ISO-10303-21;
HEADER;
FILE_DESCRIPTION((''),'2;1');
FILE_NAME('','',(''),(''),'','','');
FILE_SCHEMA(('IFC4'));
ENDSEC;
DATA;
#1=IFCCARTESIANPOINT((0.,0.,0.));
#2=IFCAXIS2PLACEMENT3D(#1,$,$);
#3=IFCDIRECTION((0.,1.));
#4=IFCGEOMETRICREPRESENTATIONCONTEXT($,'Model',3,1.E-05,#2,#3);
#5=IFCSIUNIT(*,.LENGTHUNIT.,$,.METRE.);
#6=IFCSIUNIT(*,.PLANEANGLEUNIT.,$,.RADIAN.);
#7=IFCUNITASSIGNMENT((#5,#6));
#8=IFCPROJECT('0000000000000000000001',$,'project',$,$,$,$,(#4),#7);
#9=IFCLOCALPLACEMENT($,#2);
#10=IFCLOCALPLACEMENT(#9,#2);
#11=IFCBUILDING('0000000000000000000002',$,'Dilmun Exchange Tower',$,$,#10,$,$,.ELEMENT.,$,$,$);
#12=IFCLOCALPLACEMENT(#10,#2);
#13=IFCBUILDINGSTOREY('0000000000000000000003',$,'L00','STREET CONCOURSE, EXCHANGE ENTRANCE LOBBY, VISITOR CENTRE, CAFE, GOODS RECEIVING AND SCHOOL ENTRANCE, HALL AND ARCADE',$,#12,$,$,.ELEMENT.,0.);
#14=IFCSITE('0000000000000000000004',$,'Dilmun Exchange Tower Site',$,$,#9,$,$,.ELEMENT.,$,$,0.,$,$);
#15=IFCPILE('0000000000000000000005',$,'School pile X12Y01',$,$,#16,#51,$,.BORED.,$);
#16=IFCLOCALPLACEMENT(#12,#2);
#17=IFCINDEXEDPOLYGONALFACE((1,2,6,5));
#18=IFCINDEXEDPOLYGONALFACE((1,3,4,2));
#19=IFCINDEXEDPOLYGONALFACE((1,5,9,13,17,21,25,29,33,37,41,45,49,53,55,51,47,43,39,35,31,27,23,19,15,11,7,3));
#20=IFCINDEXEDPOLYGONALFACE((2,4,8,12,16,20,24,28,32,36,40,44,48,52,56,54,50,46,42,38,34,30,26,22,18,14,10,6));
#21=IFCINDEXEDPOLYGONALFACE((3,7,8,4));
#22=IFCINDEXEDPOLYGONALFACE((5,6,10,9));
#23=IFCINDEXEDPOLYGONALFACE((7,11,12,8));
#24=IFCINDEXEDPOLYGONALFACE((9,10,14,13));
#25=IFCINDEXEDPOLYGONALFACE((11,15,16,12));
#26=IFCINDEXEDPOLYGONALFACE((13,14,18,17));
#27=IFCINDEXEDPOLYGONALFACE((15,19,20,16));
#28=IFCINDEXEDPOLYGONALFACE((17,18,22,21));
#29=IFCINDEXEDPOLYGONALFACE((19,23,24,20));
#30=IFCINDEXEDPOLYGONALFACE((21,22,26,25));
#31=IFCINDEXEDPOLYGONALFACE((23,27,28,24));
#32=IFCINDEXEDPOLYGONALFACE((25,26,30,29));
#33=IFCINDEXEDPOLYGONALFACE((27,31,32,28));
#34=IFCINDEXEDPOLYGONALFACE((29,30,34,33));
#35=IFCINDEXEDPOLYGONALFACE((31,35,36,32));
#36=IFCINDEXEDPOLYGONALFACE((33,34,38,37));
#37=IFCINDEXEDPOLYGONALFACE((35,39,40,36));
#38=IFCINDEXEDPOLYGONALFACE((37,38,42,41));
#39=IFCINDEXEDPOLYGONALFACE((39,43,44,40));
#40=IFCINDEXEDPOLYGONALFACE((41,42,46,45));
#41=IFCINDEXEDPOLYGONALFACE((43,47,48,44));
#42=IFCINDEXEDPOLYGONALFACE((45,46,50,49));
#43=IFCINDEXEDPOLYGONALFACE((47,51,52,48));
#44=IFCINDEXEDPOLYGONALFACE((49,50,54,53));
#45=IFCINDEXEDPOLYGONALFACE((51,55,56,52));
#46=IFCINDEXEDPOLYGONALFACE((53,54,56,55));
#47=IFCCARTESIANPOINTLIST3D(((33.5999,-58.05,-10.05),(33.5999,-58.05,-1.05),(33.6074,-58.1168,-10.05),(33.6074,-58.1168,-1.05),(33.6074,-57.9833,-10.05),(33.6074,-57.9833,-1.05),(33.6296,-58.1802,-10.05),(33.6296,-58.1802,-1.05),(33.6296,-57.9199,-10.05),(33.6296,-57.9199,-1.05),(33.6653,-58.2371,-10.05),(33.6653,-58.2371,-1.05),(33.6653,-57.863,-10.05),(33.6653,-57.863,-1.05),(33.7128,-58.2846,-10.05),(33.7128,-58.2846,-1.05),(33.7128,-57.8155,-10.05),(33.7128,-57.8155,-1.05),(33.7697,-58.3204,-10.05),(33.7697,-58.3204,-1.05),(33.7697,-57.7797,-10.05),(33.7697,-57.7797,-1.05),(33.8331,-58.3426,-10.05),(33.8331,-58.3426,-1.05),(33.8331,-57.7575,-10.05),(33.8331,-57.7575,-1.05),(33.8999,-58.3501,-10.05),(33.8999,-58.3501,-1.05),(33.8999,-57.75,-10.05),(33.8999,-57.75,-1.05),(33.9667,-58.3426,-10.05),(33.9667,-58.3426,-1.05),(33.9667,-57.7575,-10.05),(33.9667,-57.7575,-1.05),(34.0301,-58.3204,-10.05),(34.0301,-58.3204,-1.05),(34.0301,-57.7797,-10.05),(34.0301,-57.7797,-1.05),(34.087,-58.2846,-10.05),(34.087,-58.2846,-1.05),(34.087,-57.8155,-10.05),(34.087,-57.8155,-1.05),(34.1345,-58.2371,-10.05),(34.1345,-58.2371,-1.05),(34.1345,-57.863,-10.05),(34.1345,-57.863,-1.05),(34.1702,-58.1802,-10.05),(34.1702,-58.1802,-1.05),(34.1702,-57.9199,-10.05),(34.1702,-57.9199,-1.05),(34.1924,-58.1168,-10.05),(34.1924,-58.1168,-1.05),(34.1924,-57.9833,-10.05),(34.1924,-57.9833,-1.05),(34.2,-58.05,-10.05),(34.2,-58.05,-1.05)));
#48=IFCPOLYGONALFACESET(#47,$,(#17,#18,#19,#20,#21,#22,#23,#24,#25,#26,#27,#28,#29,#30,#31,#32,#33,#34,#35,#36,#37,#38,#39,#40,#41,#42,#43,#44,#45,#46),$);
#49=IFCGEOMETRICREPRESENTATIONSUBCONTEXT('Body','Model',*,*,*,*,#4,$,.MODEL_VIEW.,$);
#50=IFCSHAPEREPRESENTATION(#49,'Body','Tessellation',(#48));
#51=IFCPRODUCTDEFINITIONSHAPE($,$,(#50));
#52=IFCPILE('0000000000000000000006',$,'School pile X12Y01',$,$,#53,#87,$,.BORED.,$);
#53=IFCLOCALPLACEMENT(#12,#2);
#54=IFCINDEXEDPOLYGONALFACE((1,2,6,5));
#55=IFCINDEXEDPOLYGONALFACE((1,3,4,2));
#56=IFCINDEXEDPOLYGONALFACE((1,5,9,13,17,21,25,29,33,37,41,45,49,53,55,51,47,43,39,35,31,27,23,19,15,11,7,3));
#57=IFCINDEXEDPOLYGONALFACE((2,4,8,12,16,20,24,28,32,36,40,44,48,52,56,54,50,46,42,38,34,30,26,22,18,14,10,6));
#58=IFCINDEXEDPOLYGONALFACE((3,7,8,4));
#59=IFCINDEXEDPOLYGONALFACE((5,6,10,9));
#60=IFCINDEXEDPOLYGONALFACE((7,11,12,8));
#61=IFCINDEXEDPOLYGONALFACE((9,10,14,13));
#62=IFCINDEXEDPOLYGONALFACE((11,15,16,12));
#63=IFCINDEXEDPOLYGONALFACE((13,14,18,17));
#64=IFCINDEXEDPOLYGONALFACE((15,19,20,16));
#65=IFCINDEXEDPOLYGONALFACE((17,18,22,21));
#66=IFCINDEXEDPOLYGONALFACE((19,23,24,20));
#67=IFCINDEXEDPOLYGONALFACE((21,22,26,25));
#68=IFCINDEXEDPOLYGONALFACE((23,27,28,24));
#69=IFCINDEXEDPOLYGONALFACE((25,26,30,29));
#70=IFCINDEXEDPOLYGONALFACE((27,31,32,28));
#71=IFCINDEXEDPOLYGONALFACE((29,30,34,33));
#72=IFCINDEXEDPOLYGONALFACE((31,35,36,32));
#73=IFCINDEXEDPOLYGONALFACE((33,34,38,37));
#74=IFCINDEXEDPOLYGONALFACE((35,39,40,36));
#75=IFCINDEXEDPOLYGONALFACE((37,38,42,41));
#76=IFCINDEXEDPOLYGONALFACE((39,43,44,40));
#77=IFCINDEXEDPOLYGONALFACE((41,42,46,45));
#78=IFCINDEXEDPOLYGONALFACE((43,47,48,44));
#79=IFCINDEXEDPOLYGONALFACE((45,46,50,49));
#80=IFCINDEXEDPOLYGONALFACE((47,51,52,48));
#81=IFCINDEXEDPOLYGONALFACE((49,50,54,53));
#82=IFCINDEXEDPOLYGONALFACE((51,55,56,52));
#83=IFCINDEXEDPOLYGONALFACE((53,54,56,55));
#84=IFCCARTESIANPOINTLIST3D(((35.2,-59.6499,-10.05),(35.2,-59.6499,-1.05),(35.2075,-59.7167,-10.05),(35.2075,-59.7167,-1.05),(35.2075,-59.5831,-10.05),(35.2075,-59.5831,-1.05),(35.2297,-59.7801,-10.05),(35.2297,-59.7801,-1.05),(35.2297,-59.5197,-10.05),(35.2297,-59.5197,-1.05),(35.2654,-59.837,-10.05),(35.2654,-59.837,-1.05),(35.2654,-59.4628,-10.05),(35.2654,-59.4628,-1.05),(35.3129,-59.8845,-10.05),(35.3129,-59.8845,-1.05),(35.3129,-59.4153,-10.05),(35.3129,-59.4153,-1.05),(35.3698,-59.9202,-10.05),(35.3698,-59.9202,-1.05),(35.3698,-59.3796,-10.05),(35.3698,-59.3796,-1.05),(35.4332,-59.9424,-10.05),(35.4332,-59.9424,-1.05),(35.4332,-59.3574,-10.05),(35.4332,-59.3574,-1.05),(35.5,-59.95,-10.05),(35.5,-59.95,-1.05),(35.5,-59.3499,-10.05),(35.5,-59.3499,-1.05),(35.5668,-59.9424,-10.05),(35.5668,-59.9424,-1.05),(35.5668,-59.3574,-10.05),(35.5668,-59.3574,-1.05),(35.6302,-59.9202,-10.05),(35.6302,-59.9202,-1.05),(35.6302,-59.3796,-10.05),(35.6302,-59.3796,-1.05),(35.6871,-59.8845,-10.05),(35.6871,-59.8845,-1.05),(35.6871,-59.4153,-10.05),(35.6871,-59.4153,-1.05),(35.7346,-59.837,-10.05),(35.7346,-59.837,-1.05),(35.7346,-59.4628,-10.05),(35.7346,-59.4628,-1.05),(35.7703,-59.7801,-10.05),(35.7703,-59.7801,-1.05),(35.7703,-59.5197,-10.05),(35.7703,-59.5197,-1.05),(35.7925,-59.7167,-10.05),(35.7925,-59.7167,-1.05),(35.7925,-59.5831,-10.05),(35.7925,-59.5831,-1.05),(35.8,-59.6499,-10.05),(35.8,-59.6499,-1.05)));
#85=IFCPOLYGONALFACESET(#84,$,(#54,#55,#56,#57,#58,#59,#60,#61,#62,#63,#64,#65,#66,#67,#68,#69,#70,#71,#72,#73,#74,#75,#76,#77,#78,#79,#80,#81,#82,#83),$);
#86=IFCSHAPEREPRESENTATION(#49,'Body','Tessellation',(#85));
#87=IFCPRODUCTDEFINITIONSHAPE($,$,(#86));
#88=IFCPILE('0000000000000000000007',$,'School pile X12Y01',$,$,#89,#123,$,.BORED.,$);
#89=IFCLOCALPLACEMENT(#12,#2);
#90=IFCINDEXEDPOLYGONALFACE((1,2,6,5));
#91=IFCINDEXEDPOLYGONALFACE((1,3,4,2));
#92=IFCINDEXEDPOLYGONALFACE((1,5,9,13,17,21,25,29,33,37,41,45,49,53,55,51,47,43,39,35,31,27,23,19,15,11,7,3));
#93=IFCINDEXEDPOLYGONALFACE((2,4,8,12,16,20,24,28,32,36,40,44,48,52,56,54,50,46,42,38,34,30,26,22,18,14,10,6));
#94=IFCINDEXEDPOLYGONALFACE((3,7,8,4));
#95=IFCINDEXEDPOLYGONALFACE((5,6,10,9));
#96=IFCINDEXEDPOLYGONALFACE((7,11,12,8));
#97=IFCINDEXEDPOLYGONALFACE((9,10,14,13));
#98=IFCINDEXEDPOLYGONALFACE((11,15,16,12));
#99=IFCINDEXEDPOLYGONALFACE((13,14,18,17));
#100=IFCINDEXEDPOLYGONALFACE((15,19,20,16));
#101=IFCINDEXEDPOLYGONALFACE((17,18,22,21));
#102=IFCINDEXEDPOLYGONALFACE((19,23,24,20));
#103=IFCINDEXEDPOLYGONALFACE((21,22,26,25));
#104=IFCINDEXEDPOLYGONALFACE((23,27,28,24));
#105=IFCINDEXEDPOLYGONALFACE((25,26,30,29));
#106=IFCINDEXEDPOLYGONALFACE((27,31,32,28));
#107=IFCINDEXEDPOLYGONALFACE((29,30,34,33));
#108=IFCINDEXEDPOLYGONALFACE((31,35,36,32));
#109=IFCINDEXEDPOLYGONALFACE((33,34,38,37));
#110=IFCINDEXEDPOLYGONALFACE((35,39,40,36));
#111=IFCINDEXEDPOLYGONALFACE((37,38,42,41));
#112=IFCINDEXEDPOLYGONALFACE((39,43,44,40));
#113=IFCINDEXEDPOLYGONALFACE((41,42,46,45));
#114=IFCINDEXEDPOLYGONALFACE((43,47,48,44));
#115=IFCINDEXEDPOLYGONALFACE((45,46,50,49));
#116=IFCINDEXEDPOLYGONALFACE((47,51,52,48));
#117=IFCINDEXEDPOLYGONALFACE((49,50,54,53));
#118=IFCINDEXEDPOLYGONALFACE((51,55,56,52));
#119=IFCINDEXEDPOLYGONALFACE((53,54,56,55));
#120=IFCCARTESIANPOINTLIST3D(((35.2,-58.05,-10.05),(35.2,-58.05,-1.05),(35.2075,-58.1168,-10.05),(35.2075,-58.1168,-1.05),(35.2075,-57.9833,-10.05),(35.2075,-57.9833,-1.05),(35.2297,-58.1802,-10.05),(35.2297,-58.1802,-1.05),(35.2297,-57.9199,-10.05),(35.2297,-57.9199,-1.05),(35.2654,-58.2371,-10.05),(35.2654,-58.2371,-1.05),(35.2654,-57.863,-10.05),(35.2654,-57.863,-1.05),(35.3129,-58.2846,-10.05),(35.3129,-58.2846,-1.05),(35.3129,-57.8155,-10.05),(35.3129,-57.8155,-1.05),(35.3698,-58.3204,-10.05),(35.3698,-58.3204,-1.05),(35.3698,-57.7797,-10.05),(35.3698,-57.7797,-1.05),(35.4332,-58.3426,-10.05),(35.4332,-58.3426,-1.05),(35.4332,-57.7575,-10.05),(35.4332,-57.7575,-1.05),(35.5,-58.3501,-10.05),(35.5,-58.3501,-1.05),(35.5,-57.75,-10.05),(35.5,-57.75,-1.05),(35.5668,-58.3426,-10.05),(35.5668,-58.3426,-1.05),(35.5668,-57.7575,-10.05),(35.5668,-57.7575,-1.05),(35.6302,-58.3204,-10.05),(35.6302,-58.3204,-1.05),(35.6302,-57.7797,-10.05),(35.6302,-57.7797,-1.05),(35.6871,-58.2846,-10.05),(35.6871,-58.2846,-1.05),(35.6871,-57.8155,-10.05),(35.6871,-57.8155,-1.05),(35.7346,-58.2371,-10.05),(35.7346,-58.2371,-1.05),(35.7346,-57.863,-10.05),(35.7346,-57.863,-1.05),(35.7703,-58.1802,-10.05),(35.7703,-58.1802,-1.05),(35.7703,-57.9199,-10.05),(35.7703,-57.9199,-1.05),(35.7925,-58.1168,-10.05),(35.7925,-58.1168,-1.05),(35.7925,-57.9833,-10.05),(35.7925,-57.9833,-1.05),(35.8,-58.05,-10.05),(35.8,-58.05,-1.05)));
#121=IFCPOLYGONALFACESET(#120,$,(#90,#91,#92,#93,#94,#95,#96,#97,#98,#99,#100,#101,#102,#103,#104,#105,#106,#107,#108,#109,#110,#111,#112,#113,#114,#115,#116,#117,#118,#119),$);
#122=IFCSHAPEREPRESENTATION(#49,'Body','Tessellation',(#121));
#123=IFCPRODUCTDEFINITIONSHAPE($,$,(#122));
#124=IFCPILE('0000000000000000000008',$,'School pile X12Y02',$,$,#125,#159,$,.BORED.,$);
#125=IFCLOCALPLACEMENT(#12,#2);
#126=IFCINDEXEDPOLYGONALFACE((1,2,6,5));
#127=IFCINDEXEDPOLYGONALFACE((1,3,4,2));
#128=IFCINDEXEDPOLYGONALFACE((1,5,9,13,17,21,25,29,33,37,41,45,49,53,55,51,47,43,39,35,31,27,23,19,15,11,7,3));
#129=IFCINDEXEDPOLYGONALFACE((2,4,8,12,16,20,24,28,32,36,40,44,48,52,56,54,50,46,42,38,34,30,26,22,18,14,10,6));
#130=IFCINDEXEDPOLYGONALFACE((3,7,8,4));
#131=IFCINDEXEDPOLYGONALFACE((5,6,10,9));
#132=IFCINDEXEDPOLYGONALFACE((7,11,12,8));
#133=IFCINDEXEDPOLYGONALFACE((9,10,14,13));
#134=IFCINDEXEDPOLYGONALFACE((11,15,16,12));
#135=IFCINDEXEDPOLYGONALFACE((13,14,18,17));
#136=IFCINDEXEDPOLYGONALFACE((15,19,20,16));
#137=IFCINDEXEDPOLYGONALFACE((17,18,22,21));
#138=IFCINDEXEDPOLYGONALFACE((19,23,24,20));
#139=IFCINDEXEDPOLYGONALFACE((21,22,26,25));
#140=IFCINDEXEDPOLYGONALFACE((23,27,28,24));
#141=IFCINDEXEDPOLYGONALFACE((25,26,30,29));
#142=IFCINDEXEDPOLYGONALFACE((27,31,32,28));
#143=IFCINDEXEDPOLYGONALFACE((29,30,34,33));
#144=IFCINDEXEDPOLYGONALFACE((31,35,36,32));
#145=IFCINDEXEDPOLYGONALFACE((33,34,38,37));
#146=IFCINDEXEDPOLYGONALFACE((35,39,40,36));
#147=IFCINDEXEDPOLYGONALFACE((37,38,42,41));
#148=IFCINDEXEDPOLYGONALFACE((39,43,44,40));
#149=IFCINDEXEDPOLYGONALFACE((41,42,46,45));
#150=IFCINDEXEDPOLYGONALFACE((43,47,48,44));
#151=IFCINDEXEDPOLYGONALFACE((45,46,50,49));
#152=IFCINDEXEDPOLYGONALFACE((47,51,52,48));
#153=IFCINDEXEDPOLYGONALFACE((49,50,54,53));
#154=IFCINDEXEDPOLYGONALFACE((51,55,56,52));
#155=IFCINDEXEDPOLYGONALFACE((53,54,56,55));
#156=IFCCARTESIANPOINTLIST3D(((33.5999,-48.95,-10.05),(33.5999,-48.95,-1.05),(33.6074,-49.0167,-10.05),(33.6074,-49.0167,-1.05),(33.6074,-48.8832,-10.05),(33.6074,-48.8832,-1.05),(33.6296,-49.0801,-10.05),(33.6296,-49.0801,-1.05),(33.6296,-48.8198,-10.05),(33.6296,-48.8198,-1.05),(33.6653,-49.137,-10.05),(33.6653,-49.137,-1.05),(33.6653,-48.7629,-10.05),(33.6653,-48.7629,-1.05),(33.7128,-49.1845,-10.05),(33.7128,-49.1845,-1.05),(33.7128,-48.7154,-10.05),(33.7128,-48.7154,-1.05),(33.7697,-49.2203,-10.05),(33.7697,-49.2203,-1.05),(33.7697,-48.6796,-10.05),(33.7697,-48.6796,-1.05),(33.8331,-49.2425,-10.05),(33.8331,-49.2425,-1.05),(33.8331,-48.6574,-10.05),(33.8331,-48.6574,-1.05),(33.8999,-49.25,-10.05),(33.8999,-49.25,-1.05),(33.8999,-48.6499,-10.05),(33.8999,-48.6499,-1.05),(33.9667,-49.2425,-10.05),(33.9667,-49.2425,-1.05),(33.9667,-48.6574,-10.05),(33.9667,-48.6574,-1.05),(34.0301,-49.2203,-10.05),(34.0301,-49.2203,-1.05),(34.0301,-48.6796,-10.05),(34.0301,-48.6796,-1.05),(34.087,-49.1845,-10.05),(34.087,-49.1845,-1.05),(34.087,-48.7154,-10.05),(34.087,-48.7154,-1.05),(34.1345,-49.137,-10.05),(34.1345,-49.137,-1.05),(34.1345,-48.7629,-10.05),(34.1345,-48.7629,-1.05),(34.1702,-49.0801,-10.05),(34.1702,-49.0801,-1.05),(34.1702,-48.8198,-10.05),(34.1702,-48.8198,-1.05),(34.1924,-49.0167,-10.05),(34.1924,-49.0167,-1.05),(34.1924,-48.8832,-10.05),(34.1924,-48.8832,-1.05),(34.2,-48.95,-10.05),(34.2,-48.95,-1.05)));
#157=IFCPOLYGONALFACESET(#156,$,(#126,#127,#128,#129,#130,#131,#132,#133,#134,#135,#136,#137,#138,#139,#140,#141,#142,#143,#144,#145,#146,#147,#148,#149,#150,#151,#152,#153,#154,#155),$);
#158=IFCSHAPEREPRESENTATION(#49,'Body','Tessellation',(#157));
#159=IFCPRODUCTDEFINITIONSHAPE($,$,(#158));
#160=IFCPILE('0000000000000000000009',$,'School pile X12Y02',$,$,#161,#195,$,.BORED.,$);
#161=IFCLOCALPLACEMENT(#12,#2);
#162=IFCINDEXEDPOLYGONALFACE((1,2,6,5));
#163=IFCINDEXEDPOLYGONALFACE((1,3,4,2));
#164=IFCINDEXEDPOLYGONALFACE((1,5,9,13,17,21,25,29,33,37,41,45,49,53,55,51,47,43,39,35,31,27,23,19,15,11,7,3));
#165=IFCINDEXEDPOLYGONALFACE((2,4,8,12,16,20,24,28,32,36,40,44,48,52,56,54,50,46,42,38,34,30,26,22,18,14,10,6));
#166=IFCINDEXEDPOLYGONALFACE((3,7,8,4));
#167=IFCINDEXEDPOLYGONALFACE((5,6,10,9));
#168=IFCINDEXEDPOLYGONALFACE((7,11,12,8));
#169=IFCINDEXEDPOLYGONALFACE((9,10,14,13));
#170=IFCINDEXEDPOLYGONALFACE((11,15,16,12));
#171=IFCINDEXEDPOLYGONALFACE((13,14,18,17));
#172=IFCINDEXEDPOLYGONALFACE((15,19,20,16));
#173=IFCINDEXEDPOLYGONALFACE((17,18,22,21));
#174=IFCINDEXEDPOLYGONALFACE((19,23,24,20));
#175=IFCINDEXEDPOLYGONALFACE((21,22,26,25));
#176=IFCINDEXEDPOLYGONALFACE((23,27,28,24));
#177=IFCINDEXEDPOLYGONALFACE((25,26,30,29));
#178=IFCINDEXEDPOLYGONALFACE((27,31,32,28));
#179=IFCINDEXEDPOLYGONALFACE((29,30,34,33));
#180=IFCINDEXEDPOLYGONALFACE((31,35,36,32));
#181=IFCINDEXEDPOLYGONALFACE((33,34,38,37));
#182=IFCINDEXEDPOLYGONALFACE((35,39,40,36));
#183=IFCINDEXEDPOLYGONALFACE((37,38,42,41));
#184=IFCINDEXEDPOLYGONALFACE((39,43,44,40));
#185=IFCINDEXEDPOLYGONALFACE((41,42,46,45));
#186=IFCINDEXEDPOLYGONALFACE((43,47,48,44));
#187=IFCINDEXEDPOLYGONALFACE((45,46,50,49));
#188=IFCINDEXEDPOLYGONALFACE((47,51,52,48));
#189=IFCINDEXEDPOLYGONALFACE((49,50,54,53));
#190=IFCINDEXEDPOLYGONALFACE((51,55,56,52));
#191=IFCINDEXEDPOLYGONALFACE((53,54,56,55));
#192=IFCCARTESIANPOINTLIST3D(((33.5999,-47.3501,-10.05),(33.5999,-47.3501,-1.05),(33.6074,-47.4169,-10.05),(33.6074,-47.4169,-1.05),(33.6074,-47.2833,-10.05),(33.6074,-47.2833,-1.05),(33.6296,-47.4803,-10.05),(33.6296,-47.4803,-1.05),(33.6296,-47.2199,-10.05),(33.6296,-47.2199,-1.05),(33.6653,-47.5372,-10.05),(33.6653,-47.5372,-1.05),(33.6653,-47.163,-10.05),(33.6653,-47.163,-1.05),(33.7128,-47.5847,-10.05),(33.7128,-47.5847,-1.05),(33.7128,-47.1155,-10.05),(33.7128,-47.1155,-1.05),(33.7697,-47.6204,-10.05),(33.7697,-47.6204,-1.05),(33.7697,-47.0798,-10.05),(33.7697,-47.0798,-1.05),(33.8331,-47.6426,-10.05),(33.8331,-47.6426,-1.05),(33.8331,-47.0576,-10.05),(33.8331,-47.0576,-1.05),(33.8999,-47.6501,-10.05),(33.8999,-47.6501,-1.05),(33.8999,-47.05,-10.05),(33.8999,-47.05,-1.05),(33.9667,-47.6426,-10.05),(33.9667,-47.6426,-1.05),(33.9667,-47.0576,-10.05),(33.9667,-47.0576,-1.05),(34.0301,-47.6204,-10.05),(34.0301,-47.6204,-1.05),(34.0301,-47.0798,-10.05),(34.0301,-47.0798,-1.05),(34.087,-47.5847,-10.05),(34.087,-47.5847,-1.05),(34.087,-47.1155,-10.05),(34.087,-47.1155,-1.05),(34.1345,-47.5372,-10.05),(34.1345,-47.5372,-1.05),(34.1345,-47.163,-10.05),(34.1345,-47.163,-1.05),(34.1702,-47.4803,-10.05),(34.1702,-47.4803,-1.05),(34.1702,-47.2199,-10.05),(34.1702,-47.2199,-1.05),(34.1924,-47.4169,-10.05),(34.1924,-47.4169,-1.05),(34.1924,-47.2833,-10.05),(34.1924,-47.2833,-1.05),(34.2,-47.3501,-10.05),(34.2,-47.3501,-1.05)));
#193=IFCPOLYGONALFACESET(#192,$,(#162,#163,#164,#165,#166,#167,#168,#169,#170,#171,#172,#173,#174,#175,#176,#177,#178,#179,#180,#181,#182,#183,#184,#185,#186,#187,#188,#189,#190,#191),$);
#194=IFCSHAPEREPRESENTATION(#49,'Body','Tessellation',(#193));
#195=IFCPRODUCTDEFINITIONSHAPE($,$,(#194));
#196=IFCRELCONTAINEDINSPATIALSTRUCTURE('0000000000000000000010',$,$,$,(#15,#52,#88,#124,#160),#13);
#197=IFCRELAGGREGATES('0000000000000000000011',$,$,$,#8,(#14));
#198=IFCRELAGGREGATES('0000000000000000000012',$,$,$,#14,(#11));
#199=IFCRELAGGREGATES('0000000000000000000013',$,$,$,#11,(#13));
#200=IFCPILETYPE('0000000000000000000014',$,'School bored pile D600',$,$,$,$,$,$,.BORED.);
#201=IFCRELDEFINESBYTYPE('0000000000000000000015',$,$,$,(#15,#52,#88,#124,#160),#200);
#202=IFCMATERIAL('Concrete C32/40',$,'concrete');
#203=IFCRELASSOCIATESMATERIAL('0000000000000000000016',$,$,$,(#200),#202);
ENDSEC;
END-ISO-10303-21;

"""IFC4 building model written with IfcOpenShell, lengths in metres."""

from ifc_helpers import new_model, si_unit, direction, frame, origin, origin_2d, place, context, subcontext, project, spatial, circle, extrude, material, material_profile, profile_set, type_object, element, save


model = new_model("IFC4")

# Units and contexts
model_context = context("Model", 3, precision=1e-05, world=origin(), true_north=direction((0.0, 1.0)))
body_context = subcontext(model_context, "Body", "Model", "MODEL_VIEW")
ifc_project = project(units=[si_unit("LENGTHUNIT", "METRE"), si_unit("PLANEANGLEUNIT", "RADIAN")], contexts=[model_context])

# Site, building, storey
site_placement = place(None, origin())
site = spatial("IfcSite", under=ifc_project, at=site_placement, Name="Dilmun Exchange Tower Site", CompositionType="ELEMENT", RefElevation=0.0)
building_placement = place(site_placement, origin())
building = spatial("IfcBuilding", under=site, at=building_placement, Name="Dilmun Exchange Tower", CompositionType="ELEMENT")
storey_placement = place(building_placement, origin())
storey = spatial("IfcBuildingStorey", under=building, at=storey_placement, Name="L00", Description="STREET CONCOURSE, EXCHANGE ENTRANCE LOBBY, VISITOR CENTRE, CAFE, GOODS RECEIVING AND SCHOOL ENTRANCE, HALL AND ARCADE", CompositionType="ELEMENT", Elevation=0.0)

# Piles
ifc_material_1 = material(Name="Concrete C32/40", Category="concrete")
ifc_material_profile_1 = material_profile(ifc_material_1, circle(Radius=0.3, at=origin_2d()), Name="D600")
ifc_profile_set_1 = profile_set([ifc_material_profile_1], Name="Concrete C32/40")
pile_type = type_object("IfcPileType", Name="School bored pile D600", PredefinedType="BORED", material=ifc_profile_set_1)
for number, where, z_axis, x_axis, name in (
    (1, (33.8999, -58.05, -1.05), (0.0, 0.0, -1.0), (1.0, 0.0, 0.0), "School pile X12Y01"),
    (2, (35.5, -59.6499, -1.05), (0.0, 0.0, -1.0), (1.0, 0.0, 0.0), "School pile X12Y01"),
    (3, (35.5, -58.05, -1.05), (0.0, 0.0, -1.0), (1.0, 0.0, 0.0), "School pile X12Y01"),
    (4, (33.8999, -48.95, -1.05), (0.0, 0.0, -1.0), (1.0, 0.0, 0.0), "School pile X12Y02"),
    (5, (33.8999, -47.3501, -1.05), (0.0, 0.0, -1.0), (1.0, 0.0, 0.0), "School pile X12Y02"),
):
    element("IfcPile", number, at=place(storey_placement, frame(where, z_axis=z_axis, x_axis=x_axis)), inside=storey, type_object=pile_type, Name=name, PredefinedType="BORED", context=body_context, shape_type="SweptSolid", body=[
        extrude(circle(Radius=0.3, at=origin_2d()), origin(), (0.0, 0.0, 1.0), 9.0),
    ])

save(model, "model.ifc")
